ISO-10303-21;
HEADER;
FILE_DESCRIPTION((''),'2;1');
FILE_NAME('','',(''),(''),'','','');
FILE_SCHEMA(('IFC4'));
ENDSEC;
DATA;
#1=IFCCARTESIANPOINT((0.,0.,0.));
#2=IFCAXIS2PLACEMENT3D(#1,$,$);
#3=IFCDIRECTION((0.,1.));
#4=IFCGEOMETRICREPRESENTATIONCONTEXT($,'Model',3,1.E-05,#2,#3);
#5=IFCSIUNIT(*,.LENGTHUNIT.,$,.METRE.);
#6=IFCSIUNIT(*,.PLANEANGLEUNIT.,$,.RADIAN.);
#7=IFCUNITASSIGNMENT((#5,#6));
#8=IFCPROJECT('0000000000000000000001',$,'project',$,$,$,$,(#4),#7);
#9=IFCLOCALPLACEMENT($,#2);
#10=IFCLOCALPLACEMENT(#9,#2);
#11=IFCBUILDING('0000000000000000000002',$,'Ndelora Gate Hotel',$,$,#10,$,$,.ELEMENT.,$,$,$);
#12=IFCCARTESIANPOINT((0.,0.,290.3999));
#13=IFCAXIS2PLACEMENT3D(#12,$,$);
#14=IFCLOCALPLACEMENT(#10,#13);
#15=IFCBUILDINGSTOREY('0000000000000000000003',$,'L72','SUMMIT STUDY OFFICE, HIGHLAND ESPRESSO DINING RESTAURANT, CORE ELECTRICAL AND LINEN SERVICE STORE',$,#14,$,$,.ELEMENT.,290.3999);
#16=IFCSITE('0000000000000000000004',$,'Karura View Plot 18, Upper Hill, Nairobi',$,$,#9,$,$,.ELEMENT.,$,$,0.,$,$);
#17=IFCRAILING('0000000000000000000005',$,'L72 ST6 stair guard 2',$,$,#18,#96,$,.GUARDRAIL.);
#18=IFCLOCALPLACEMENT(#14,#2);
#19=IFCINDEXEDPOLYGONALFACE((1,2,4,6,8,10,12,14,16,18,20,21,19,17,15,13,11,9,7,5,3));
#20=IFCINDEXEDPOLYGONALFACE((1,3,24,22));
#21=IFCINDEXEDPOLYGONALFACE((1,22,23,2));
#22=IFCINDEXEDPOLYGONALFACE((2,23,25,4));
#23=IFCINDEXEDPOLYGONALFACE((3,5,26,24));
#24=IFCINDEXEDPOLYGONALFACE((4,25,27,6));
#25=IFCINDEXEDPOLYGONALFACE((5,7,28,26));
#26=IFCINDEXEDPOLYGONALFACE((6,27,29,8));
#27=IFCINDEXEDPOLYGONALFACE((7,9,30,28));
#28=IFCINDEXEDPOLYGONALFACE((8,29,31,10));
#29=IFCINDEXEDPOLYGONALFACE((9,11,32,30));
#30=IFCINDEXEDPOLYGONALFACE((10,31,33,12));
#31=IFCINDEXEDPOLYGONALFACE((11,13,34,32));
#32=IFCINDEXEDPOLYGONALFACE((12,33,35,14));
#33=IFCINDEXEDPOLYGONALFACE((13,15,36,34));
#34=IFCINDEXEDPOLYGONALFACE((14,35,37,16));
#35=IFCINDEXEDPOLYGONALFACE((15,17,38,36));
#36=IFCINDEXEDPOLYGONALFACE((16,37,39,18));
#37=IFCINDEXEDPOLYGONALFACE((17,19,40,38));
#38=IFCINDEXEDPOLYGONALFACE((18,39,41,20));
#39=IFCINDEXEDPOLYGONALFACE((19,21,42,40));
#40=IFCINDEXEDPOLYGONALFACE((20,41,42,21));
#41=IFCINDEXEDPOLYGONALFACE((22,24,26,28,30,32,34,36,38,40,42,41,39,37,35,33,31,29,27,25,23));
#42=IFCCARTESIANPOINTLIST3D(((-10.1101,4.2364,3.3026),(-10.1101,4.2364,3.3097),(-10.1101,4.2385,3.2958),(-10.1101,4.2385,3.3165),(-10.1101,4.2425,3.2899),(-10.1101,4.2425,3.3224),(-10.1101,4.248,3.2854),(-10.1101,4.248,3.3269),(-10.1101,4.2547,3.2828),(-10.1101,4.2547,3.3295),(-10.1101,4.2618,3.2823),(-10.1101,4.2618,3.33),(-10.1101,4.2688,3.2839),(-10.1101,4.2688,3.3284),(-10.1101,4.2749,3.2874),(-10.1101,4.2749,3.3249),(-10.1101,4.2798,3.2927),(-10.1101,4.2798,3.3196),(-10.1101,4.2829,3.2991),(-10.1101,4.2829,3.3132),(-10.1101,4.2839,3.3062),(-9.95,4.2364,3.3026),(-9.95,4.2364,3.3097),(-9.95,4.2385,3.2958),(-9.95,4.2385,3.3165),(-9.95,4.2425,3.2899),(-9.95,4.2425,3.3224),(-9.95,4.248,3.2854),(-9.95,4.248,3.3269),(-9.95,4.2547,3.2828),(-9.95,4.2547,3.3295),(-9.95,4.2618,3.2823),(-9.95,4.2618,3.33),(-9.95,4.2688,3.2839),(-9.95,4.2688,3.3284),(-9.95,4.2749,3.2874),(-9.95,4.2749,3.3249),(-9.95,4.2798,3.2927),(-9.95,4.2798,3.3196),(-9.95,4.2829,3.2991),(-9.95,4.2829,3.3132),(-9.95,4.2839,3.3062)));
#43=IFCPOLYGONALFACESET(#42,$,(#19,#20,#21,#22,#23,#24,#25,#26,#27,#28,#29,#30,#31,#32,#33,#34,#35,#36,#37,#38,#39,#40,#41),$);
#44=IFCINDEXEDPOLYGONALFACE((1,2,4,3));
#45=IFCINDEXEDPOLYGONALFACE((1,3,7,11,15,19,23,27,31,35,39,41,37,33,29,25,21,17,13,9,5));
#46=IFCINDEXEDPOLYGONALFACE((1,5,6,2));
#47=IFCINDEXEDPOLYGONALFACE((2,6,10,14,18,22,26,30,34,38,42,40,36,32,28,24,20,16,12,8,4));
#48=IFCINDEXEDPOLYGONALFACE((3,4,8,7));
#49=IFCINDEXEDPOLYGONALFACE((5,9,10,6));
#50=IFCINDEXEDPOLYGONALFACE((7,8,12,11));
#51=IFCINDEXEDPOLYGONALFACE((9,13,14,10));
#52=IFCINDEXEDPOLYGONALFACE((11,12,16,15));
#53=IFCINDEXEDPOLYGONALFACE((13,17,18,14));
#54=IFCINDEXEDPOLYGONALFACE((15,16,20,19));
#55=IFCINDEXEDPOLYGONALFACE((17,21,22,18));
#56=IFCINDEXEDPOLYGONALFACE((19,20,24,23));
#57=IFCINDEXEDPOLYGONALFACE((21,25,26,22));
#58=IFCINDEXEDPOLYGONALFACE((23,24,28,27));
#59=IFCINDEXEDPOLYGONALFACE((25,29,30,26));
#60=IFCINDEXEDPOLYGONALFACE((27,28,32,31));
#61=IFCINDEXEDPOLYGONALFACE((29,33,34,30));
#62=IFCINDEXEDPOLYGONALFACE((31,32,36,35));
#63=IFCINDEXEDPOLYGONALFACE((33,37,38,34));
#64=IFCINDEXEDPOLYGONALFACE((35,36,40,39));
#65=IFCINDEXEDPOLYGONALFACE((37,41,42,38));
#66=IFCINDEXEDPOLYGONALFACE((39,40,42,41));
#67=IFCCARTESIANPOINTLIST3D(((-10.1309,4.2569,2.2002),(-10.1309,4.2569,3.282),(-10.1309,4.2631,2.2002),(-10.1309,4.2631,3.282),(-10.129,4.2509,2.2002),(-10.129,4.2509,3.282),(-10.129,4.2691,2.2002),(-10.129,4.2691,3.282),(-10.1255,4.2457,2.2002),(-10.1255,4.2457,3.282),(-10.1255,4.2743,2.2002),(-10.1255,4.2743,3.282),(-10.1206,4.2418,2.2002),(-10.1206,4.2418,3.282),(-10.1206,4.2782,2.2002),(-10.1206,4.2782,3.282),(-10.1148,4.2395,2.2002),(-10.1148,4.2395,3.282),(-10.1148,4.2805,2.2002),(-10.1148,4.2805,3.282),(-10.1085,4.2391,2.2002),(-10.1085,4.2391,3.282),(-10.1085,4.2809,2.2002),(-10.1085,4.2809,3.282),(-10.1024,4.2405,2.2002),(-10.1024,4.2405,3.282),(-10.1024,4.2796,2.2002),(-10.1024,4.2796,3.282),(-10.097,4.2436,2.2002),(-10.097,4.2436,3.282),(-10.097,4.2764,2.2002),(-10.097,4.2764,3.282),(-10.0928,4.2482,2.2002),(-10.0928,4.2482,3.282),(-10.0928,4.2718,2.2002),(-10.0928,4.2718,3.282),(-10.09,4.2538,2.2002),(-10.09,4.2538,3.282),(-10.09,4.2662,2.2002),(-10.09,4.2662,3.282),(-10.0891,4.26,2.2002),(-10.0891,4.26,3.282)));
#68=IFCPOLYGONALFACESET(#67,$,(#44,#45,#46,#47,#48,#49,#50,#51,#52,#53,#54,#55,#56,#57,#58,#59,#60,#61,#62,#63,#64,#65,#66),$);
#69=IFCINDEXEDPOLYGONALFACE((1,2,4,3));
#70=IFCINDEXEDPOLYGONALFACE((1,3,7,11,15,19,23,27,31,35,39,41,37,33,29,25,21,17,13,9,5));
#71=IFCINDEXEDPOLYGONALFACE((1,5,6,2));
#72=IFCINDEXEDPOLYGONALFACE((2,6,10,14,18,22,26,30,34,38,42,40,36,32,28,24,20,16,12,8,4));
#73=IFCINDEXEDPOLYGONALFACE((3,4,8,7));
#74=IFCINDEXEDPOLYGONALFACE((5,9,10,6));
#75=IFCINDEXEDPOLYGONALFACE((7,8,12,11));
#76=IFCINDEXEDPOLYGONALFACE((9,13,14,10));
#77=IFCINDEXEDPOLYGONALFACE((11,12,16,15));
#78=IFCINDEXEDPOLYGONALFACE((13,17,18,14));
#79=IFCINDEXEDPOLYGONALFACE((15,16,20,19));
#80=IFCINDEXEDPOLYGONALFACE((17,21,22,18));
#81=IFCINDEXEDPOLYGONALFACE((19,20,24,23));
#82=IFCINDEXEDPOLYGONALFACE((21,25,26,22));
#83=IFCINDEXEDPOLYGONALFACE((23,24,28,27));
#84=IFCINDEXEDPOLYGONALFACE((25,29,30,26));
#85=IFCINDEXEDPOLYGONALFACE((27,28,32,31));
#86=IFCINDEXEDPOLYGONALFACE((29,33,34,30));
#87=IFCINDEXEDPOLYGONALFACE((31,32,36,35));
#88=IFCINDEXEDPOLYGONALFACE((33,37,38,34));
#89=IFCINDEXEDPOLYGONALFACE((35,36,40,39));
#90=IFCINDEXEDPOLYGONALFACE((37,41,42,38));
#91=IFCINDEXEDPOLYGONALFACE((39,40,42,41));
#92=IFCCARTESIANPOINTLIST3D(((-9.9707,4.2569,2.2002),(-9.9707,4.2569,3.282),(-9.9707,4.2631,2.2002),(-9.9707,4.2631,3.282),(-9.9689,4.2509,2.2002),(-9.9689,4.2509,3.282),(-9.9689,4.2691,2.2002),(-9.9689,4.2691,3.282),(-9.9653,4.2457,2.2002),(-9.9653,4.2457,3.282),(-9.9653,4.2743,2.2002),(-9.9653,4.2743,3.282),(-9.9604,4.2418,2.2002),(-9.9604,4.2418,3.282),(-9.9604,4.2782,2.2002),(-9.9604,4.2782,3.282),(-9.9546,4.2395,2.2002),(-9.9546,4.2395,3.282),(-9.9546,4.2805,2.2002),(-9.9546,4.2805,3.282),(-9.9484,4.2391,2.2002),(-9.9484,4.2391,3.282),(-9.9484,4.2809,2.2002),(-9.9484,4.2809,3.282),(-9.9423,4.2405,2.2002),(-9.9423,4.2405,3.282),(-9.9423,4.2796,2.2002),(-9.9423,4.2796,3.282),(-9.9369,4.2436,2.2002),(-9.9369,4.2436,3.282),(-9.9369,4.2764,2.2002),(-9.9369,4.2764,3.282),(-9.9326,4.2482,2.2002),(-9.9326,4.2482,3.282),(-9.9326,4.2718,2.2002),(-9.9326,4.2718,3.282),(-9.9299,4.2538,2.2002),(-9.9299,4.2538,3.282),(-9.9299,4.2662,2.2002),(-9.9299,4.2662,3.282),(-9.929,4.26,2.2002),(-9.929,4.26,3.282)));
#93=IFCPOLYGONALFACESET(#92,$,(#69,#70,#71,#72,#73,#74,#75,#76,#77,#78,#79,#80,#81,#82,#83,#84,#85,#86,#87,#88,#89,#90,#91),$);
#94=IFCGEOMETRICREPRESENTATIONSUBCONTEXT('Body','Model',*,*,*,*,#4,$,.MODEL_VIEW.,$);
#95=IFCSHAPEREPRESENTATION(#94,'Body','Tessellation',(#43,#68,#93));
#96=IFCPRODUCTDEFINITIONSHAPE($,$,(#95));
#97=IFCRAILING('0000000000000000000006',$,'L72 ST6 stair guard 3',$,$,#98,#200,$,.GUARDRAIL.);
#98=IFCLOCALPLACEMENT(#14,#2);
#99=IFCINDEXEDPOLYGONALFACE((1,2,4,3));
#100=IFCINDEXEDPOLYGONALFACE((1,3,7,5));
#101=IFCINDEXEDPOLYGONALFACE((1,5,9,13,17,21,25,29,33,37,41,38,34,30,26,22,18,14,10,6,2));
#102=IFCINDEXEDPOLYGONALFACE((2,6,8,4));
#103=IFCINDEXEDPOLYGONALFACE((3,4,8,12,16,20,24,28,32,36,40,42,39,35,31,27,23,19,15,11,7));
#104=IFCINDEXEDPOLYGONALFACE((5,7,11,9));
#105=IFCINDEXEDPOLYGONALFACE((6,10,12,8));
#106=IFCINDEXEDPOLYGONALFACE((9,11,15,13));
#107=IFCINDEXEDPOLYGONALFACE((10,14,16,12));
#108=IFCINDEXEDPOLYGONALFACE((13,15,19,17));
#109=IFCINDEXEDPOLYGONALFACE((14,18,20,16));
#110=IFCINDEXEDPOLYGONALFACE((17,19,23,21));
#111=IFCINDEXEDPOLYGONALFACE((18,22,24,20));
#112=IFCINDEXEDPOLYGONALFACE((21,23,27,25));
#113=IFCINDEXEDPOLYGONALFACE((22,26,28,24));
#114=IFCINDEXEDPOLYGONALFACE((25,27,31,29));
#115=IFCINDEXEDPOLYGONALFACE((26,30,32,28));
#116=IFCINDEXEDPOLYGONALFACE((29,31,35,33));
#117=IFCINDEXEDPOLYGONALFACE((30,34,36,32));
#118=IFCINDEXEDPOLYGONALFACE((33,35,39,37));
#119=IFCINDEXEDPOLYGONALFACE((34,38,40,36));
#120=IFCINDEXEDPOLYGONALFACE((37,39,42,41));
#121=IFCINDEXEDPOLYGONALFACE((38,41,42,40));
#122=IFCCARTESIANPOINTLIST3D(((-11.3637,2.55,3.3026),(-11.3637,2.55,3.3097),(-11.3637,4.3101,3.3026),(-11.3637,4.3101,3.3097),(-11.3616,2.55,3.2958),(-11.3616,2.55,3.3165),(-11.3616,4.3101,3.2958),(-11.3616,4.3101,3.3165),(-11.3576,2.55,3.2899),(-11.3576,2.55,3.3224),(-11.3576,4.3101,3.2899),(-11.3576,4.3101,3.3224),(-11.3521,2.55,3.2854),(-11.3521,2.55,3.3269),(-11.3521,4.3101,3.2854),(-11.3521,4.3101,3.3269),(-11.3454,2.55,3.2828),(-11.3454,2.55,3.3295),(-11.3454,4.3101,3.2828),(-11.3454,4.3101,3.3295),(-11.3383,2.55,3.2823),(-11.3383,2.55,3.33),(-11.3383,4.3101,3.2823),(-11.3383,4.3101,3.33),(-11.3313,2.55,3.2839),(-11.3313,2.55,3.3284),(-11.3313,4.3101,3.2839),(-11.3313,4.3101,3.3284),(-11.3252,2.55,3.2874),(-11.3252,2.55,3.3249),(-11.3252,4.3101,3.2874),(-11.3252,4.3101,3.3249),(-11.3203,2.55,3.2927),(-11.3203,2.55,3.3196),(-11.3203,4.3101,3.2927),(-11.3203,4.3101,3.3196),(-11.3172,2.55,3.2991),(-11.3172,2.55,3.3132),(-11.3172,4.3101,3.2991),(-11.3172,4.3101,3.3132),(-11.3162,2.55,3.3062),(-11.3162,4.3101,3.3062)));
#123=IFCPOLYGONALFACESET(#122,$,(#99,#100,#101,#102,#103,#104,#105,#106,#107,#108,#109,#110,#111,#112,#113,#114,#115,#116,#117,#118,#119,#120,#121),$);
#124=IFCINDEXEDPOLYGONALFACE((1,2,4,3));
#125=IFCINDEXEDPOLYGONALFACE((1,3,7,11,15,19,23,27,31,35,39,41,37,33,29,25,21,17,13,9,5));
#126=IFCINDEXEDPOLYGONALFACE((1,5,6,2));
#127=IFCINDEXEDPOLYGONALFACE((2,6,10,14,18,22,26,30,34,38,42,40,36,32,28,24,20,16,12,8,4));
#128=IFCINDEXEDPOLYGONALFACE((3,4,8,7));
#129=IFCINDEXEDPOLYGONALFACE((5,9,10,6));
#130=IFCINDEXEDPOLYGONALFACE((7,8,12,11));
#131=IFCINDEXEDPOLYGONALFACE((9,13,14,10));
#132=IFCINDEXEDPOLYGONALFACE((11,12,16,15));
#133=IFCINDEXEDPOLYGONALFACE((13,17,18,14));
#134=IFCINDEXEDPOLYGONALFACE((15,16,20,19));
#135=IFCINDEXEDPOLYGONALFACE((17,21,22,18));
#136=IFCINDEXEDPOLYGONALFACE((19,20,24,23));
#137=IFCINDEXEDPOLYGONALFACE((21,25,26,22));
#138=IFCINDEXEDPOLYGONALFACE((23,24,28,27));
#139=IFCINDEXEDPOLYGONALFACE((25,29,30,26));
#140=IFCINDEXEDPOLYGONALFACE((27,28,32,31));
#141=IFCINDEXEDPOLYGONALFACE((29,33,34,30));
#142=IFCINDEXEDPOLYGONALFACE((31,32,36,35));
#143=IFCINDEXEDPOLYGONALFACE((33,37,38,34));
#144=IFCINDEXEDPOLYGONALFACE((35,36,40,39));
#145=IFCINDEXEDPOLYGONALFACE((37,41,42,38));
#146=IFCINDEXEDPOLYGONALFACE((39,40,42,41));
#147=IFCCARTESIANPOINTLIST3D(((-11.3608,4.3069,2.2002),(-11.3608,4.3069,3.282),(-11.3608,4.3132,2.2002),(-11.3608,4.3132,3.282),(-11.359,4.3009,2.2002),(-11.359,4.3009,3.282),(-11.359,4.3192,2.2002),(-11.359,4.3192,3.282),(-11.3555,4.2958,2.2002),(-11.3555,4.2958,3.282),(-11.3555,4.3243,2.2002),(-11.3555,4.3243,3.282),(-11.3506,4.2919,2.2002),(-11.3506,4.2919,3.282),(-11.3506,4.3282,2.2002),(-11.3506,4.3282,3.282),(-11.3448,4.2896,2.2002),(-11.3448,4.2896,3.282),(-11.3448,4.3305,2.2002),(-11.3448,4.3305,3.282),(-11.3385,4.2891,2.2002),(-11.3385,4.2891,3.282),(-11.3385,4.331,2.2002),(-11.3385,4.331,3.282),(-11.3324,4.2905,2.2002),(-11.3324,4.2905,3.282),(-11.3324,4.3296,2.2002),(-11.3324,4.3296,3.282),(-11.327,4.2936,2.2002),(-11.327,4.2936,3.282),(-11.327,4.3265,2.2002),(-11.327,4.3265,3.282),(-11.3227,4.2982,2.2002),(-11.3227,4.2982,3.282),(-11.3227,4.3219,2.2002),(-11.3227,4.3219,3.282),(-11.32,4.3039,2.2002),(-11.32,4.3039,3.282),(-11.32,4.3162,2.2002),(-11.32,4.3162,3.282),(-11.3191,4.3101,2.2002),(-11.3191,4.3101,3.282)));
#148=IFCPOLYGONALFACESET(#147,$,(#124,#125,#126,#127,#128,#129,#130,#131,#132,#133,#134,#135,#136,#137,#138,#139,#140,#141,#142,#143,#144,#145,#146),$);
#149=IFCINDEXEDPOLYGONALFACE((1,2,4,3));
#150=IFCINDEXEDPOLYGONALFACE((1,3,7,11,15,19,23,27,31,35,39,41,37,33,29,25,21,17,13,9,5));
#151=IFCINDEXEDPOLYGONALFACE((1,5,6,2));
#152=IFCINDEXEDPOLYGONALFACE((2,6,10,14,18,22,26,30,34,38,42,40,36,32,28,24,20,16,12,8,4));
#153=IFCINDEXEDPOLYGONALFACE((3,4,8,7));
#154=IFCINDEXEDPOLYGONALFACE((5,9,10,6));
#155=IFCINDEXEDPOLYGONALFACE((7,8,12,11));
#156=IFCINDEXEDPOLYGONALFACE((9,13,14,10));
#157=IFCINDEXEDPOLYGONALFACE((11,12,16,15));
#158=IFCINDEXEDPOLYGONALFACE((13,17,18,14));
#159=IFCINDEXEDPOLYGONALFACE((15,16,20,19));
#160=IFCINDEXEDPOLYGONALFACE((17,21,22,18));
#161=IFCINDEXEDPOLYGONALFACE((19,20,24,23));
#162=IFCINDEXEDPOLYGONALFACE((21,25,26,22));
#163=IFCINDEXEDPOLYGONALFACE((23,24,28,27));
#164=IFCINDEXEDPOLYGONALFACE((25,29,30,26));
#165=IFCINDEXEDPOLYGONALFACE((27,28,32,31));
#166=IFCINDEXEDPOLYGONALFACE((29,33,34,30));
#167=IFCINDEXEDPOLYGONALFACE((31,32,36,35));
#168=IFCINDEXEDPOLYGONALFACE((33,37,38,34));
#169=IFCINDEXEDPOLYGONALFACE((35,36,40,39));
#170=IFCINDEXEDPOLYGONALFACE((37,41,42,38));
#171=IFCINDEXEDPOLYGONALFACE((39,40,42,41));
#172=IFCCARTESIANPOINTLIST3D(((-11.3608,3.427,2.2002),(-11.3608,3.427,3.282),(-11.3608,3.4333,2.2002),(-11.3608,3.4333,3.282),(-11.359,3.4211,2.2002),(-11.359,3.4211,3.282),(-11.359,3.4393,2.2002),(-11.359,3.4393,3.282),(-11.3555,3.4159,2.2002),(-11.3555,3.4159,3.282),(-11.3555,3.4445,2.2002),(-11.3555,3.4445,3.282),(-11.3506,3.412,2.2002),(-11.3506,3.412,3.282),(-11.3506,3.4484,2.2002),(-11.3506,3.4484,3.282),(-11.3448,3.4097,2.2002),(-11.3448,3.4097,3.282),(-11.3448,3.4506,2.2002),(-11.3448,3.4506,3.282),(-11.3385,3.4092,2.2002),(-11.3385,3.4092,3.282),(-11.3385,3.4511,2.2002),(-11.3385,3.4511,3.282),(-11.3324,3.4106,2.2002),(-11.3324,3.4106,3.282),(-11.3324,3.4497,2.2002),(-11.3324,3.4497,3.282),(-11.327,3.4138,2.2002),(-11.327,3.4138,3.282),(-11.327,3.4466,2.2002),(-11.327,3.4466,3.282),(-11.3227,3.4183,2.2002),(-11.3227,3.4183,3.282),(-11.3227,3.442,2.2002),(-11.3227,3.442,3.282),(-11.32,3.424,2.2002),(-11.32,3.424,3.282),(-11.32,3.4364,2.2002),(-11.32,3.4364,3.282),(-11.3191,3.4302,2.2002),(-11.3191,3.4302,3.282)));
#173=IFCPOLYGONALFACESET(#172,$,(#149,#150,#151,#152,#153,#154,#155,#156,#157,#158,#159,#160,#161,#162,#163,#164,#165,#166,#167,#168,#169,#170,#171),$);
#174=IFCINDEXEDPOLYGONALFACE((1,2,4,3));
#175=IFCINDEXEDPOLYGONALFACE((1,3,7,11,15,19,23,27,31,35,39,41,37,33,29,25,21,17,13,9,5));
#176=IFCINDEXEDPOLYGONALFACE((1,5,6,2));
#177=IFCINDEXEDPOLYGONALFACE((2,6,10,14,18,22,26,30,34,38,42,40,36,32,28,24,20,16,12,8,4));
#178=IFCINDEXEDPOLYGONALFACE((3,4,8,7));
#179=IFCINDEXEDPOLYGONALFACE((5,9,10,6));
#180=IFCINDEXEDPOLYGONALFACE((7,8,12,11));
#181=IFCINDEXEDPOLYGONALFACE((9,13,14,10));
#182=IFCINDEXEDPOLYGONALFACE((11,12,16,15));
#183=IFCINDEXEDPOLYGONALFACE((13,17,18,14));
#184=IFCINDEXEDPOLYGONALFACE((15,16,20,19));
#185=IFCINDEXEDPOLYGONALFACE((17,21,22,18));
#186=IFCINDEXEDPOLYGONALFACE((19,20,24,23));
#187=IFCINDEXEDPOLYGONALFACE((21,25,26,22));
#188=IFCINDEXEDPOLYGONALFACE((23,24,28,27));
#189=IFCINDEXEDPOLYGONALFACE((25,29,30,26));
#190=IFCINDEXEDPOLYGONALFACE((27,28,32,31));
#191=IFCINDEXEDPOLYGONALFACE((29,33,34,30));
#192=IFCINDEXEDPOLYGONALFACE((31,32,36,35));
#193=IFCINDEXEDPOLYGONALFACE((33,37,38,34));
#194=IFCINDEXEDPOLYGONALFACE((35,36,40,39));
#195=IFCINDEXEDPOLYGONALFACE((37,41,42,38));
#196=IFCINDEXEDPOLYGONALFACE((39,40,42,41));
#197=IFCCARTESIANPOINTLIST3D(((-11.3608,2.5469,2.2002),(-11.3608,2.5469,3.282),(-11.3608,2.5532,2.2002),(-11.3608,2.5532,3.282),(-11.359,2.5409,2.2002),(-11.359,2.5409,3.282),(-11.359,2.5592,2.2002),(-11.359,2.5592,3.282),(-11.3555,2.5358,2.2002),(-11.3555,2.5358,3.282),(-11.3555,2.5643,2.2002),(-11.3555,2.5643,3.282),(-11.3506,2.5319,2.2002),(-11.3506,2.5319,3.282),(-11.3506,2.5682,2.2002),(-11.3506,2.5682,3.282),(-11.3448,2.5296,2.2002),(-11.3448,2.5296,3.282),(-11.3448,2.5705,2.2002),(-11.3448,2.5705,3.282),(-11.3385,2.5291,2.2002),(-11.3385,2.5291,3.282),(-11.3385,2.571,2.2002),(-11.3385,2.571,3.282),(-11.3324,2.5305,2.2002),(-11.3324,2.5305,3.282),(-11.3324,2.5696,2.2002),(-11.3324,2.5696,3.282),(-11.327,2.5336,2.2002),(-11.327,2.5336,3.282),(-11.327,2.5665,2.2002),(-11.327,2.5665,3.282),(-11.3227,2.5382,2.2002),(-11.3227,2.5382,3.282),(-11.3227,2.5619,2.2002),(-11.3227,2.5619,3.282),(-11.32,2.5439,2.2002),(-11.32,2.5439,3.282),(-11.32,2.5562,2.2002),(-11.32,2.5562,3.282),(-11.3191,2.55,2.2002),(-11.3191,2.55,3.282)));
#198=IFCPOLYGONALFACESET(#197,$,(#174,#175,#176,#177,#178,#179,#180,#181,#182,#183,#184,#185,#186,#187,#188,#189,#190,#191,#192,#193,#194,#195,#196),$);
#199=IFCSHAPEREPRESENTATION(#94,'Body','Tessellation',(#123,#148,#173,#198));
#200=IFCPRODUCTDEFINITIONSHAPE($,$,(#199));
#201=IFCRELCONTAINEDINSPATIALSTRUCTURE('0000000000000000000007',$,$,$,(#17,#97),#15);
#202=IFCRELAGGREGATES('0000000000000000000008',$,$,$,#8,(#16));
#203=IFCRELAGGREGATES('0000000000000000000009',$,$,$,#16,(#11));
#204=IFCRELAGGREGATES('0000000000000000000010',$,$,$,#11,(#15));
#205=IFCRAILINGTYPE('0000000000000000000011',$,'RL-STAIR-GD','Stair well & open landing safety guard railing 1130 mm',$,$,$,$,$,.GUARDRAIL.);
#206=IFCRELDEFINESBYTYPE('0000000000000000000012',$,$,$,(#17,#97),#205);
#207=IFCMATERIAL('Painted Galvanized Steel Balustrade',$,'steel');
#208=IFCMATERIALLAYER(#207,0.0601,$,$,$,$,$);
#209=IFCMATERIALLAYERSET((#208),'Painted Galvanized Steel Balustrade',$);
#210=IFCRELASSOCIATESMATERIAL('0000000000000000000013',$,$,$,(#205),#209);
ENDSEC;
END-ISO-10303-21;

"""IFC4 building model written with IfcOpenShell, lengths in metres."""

from ifc_helpers import new_model, si_unit, direction, frame, origin, origin_2d, place, context, subcontext, project, spatial, circle, extrude, material, layer, layer_set, type_object, element, save


model = new_model("IFC4")

# Units and contexts
model_context = context("Model", 3, precision=1e-05, world=origin(), true_north=direction((0.0, 1.0)))
body_context = subcontext(model_context, "Body", "Model", "MODEL_VIEW")
ifc_project = project(units=[si_unit("LENGTHUNIT", "METRE"), si_unit("PLANEANGLEUNIT", "RADIAN")], contexts=[model_context])

# Site, building, storey
site_placement = place(None, origin())
site = spatial("IfcSite", under=ifc_project, at=site_placement, Name="Karura View Plot 18, Upper Hill, Nairobi", CompositionType="ELEMENT", RefElevation=0.0)
building_placement = place(site_placement, origin())
building = spatial("IfcBuilding", under=site, at=building_placement, Name="Ndelora Gate Hotel", CompositionType="ELEMENT")
storey_placement = place(building_placement, frame((0.0, 0.0, 290.3999)))
storey = spatial("IfcBuildingStorey", under=building, at=storey_placement, Name="L72", Description="SUMMIT STUDY OFFICE, HIGHLAND ESPRESSO DINING RESTAURANT, CORE ELECTRICAL AND LINEN SERVICE STORE", CompositionType="ELEMENT", Elevation=290.3999)

# Railings
ifc_material_1 = material(Name="Painted Galvanized Steel Balustrade", Category="steel")
ifc_layer_1 = layer(ifc_material_1, 0.0601)
ifc_layer_set_1 = layer_set([ifc_layer_1], Name="Painted Galvanized Steel Balustrade")
railing_type_1 = type_object("IfcRailingType", Name="RL-STAIR-GD", Description="Stair well & open landing safety guard railing 1130 mm", PredefinedType="GUARDRAIL", material=ifc_layer_set_1)
railing_1_placement = place(storey_placement, frame((-10.1101, 4.26, 2.2002)))
element("IfcRailing", 1, at=railing_1_placement, inside=storey, type_object=railing_type_1, Name="L72 ST6 stair guard 2", PredefinedType="GUARDRAIL", context=body_context, shape_type="SweptSolid", body=[
    extrude(circle(Radius=0.0239, at=origin_2d()), frame((0.0, 0.0, 1.106), z_axis=(1.0, 0.0, 0.0), x_axis=(0.0, 1.0, 0.0)), (0.0, 0.0, 1.0), 0.1602),
    extrude(circle(Radius=0.021, at=origin_2d()), origin(), (0.0, 0.0, 1.0), 1.0818),
    extrude(circle(Radius=0.021, at=origin_2d()), frame((0.1602, 0.0, 0.0)), (0.0, 0.0, 1.0), 1.0818),
])
for number, where, name in (
    (2, (-11.3401, 4.3101, 2.2002), "L72 ST6 stair guard 3"),
):
    element("IfcRailing", number, at=place(storey_placement, frame(where)), inside=storey, type_object=railing_type_1, Name=name, PredefinedType="GUARDRAIL", context=body_context, shape_type="SweptSolid", body=[
        extrude(circle(Radius=0.0239, at=origin_2d()), frame((0.0, 0.0, 1.106), z_axis=(0.0, -1.0, 0.0), x_axis=(1.0, 0.0, 0.0)), (0.0, 0.0, 1.0), 1.76),
        extrude(circle(Radius=0.021, at=origin_2d()), origin(), (0.0, 0.0, 1.0), 1.0818),
        extrude(circle(Radius=0.021, at=origin_2d()), frame((0.0, -0.8799, 0.0)), (0.0, 0.0, 1.0), 1.0818),
        extrude(circle(Radius=0.021, at=origin_2d()), frame((0.0, -1.76, 0.0)), (0.0, 0.0, 1.0), 1.0818),
    ])

save(model, "model.ifc")
